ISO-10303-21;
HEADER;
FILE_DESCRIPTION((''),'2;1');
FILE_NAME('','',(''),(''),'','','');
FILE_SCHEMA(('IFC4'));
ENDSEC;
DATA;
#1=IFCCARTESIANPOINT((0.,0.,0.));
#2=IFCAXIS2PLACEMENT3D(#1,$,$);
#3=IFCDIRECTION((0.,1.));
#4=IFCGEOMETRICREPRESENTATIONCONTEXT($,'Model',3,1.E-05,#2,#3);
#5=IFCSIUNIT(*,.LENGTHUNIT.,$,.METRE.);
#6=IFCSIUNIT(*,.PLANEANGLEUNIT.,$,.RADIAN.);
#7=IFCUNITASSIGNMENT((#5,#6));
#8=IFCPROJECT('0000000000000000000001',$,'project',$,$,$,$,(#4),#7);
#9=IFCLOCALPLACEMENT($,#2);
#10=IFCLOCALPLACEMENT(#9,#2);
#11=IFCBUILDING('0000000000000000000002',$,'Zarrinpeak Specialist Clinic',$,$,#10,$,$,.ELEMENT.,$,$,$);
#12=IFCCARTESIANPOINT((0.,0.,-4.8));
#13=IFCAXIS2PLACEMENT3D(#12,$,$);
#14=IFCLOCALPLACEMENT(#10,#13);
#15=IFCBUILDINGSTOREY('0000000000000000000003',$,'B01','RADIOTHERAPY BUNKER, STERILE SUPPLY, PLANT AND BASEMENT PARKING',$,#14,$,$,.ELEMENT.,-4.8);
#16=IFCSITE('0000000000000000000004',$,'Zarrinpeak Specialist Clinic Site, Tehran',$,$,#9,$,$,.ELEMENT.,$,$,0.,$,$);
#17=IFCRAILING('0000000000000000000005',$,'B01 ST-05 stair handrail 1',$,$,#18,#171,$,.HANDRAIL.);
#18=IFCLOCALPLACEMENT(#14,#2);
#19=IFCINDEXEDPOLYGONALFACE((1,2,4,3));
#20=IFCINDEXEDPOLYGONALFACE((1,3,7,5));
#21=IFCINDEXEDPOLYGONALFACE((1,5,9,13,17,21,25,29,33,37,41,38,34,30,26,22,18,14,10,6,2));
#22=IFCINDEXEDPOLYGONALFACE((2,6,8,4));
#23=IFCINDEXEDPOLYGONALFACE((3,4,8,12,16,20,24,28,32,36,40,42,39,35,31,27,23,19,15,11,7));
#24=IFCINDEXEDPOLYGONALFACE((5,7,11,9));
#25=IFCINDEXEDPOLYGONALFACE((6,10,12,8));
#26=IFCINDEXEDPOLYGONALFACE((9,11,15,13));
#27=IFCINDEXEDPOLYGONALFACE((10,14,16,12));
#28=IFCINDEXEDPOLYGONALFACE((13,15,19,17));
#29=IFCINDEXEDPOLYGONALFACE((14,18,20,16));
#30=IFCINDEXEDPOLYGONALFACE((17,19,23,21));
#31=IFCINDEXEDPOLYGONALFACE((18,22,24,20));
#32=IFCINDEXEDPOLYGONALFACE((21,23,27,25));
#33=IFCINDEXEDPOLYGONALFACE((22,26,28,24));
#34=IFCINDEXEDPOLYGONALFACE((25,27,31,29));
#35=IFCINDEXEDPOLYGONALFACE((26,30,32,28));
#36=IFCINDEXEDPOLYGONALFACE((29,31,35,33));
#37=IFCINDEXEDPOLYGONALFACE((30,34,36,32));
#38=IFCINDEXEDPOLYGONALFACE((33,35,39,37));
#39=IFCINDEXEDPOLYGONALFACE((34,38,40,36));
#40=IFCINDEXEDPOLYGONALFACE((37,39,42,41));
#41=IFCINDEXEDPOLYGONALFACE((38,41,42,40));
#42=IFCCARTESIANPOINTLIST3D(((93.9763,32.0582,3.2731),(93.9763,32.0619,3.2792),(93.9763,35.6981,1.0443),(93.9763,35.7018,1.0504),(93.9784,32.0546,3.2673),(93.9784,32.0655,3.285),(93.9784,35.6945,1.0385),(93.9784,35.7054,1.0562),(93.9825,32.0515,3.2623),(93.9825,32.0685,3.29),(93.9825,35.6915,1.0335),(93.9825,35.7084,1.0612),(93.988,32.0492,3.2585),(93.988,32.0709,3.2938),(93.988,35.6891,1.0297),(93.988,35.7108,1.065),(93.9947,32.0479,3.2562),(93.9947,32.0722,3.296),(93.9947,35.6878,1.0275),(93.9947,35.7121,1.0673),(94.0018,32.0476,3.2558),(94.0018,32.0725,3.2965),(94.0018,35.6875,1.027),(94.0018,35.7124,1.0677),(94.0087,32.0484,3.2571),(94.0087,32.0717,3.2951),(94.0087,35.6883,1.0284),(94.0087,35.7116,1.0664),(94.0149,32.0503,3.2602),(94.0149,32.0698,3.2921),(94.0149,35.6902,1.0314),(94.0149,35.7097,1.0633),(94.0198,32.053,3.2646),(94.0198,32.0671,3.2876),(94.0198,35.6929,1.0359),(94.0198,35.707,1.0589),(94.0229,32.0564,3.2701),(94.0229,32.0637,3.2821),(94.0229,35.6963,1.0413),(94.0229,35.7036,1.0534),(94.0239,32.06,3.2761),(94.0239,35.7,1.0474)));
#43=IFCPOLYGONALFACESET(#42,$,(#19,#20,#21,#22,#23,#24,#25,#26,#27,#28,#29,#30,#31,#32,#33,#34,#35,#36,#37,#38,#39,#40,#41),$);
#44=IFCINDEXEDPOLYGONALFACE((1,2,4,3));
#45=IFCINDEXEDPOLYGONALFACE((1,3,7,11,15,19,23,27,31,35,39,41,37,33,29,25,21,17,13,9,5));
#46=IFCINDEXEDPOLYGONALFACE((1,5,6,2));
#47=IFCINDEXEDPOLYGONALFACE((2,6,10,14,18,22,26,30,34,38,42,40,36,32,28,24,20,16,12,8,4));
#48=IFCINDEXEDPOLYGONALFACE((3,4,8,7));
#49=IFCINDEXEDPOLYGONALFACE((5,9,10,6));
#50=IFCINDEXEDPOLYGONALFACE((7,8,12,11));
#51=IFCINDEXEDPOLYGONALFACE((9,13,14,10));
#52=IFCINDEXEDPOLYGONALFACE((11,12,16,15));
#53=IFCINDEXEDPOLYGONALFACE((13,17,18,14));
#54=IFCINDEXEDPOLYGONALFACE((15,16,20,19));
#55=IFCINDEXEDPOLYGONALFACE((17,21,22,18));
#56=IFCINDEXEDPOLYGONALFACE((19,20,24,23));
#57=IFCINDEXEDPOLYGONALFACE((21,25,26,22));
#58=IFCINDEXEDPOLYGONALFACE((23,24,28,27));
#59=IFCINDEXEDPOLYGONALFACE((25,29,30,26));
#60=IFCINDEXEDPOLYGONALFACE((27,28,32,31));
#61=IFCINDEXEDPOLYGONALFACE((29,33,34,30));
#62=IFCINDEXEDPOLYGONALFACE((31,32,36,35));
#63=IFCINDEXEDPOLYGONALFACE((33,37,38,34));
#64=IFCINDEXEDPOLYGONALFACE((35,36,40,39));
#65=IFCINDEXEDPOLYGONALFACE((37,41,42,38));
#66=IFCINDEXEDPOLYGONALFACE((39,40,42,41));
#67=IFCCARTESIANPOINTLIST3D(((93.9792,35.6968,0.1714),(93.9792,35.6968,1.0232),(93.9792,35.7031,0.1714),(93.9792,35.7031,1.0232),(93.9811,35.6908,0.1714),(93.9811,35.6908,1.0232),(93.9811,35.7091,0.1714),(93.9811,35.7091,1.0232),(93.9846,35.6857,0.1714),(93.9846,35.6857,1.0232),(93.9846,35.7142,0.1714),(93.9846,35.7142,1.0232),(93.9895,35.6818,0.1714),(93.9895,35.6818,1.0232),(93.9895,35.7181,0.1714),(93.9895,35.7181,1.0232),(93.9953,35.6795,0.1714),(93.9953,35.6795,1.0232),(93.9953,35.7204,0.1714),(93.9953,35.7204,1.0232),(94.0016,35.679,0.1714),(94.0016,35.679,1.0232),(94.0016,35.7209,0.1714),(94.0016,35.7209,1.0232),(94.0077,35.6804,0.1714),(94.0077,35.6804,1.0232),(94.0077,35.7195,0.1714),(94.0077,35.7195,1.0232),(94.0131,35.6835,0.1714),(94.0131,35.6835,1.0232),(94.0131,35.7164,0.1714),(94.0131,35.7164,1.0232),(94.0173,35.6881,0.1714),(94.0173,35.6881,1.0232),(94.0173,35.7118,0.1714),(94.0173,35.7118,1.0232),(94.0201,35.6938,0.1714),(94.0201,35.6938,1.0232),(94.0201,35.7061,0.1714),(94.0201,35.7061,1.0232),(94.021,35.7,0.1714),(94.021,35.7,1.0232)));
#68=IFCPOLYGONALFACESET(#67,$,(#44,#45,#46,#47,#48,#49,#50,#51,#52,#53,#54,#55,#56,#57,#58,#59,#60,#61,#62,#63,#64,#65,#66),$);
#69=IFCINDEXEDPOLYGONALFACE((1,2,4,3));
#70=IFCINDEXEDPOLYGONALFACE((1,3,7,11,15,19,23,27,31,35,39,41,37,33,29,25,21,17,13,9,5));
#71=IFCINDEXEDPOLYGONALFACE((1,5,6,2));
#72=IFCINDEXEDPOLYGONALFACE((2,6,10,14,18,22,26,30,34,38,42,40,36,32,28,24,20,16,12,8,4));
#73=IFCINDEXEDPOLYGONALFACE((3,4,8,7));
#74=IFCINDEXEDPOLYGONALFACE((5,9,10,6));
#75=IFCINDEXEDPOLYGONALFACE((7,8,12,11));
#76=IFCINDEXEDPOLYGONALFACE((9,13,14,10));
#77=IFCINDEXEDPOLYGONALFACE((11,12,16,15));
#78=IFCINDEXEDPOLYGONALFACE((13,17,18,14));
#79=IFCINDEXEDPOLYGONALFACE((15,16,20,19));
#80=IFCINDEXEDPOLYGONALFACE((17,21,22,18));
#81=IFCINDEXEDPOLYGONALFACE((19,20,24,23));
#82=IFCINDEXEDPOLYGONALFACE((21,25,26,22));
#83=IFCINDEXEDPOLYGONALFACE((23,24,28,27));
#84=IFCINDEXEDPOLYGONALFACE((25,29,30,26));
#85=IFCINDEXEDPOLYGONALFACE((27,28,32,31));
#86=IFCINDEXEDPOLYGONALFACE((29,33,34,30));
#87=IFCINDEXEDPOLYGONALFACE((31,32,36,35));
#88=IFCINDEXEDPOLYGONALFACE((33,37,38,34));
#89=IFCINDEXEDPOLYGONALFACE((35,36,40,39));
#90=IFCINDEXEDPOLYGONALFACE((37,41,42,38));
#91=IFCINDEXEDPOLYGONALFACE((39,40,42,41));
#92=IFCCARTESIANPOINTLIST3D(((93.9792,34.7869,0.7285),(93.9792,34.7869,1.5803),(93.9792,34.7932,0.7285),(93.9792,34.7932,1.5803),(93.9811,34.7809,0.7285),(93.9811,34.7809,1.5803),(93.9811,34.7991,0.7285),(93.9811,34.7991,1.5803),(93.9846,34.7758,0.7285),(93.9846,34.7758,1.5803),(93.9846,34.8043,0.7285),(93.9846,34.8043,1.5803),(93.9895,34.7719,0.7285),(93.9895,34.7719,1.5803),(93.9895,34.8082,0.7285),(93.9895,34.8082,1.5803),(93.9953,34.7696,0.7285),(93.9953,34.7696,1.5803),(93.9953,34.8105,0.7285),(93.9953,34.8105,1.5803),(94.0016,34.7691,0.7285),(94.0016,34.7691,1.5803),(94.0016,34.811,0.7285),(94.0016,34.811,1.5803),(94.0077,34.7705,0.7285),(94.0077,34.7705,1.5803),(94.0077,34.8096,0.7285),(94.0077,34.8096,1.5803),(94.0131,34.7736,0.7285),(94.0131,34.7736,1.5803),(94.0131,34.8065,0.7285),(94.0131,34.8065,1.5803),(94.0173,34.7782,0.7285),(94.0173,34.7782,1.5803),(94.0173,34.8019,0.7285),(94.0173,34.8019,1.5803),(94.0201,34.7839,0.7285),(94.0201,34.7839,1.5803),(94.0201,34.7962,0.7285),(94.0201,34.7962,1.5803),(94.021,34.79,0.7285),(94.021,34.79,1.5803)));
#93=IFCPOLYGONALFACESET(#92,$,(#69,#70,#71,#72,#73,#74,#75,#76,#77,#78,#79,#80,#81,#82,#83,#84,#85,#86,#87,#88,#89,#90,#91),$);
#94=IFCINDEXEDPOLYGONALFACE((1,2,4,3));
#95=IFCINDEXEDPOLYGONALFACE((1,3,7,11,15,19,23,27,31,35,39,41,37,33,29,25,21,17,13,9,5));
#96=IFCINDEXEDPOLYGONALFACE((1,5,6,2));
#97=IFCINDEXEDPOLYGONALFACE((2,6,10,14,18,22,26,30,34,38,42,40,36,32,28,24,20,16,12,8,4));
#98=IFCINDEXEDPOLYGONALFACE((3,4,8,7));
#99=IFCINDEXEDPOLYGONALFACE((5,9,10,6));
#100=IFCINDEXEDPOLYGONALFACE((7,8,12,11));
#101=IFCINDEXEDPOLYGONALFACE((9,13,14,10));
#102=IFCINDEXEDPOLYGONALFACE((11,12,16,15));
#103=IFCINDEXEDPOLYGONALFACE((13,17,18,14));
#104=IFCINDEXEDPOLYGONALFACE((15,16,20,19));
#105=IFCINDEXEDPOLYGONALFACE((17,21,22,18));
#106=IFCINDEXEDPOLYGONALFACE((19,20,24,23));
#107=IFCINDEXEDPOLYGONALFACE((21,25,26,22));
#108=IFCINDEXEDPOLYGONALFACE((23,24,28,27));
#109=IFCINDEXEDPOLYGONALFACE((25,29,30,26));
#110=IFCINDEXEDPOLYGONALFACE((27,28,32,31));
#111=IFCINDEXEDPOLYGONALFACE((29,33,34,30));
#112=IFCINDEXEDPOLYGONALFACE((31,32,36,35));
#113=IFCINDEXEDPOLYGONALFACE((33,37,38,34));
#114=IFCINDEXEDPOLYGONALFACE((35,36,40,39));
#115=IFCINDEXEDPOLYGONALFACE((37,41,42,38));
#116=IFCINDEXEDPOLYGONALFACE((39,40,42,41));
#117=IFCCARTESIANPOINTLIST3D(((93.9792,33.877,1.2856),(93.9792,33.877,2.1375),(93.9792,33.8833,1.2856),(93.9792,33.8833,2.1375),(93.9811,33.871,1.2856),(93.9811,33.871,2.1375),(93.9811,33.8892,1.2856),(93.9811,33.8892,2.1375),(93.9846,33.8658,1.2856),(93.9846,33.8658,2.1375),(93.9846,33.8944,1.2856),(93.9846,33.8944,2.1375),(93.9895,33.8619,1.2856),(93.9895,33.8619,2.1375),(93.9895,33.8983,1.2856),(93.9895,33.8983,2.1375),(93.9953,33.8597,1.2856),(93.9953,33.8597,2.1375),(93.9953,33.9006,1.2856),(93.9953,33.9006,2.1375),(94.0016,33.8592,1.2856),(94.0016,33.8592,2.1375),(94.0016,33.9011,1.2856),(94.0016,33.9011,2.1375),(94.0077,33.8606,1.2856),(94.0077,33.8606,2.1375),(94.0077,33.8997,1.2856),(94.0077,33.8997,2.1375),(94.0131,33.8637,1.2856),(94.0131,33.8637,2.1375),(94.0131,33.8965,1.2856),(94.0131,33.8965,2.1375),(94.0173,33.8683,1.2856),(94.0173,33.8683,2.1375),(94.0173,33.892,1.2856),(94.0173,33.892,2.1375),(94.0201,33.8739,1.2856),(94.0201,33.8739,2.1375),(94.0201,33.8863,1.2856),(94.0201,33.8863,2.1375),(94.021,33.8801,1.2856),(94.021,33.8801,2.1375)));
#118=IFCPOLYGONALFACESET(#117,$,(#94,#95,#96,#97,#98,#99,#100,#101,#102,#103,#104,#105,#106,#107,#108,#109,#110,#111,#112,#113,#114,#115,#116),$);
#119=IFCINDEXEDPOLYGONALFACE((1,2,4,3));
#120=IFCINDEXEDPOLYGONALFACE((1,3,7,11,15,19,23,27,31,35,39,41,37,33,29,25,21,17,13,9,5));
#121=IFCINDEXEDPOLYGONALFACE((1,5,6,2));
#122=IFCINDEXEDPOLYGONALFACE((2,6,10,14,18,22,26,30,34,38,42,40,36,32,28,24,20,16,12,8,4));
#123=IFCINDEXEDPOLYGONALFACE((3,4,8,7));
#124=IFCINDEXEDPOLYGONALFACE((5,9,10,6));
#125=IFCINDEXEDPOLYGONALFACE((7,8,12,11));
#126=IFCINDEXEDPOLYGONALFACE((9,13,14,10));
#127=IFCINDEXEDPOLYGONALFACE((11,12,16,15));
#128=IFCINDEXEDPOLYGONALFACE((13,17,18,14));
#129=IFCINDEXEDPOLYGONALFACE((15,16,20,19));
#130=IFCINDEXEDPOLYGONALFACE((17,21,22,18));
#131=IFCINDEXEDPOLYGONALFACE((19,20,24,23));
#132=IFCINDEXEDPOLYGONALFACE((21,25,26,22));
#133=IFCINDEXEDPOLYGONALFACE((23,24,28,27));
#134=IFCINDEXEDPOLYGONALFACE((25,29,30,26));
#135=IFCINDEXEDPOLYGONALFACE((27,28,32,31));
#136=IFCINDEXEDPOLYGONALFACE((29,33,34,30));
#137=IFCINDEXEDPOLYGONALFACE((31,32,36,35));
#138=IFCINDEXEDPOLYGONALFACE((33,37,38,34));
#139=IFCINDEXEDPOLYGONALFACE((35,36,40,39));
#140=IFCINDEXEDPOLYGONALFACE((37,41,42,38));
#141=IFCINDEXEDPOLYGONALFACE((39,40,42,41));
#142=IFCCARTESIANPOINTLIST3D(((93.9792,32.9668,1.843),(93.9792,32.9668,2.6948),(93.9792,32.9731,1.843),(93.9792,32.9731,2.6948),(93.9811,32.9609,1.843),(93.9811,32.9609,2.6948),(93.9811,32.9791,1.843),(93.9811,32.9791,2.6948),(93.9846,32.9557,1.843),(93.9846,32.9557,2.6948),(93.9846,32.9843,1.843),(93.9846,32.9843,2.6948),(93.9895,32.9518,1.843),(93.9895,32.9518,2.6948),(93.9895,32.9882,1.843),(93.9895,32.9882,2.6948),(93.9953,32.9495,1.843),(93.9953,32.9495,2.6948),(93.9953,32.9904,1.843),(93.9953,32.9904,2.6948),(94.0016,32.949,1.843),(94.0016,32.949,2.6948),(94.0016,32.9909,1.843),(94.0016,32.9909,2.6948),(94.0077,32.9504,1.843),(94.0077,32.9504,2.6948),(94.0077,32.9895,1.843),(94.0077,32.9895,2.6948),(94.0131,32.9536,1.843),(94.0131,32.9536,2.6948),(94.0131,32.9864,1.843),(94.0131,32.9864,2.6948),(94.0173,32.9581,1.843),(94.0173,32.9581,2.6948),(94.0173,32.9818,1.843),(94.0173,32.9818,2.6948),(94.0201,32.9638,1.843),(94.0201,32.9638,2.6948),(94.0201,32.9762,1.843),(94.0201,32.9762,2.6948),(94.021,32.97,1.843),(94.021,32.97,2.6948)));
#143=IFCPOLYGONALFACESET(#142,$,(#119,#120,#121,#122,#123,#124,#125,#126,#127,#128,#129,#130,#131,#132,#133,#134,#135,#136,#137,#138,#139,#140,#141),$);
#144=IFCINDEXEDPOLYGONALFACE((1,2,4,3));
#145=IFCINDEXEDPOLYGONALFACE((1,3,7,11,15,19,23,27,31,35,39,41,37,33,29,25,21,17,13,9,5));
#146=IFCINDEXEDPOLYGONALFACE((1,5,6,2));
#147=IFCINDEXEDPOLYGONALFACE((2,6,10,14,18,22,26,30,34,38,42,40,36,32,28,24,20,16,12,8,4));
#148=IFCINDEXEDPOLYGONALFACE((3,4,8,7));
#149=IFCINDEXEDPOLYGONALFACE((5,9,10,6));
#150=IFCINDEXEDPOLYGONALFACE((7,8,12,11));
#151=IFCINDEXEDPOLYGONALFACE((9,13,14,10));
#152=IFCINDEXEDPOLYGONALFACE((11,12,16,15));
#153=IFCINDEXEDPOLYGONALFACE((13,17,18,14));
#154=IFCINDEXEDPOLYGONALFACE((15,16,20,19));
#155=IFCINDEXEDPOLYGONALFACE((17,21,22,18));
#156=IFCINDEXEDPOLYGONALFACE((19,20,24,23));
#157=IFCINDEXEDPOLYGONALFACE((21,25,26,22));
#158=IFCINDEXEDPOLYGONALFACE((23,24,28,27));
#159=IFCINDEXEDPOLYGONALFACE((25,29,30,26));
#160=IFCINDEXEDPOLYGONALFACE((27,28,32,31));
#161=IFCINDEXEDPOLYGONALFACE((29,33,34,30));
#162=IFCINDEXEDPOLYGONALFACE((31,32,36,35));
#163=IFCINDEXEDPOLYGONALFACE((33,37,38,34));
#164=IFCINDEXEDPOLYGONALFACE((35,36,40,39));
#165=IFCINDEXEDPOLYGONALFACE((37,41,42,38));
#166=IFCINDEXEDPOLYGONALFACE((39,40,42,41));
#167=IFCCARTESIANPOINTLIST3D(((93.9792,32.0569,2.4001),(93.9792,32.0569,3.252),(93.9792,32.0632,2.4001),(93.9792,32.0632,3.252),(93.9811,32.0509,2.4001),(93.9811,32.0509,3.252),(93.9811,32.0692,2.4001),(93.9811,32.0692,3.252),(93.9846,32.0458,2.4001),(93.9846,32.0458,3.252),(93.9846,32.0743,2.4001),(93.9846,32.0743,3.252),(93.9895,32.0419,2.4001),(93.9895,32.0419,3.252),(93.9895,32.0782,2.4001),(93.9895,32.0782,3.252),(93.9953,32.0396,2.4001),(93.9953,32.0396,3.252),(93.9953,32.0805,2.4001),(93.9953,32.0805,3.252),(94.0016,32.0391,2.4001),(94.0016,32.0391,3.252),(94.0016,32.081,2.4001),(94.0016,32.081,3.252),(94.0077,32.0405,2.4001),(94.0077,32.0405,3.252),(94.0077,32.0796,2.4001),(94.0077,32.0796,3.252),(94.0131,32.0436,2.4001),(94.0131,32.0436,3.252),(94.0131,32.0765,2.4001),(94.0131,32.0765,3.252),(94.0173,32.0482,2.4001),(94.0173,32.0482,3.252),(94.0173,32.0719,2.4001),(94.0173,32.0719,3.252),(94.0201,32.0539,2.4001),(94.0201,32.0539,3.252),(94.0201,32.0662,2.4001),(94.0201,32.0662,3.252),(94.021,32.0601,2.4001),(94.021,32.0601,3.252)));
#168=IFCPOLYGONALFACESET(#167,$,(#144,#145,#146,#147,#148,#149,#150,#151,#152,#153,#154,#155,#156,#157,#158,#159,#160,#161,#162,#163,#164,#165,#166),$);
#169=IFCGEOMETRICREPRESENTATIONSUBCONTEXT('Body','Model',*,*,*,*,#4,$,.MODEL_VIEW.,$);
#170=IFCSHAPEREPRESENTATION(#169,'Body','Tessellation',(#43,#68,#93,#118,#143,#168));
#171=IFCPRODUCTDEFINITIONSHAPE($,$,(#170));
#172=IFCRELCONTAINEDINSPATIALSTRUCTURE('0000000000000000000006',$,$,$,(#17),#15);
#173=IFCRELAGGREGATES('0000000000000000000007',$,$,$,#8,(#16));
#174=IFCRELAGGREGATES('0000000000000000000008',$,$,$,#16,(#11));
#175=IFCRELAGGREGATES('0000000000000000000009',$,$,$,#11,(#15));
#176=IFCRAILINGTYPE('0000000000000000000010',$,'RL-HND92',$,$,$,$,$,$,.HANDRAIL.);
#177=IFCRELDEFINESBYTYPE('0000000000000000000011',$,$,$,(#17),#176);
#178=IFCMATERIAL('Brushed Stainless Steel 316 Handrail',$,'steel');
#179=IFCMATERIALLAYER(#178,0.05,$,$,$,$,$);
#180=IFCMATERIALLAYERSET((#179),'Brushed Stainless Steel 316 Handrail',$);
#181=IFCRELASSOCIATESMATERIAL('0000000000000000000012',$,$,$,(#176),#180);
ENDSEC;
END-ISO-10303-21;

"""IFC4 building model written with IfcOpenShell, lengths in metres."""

from ifc_helpers import new_model, si_unit, direction, frame, origin, origin_2d, place, context, subcontext, project, spatial, circle, extrude, material, layer, layer_set, type_object, element, save


model = new_model("IFC4")

# Units and contexts
model_context = context("Model", 3, precision=1e-05, world=origin(), true_north=direction((0.0, 1.0)))
body_context = subcontext(model_context, "Body", "Model", "MODEL_VIEW")
ifc_project = project(units=[si_unit("LENGTHUNIT", "METRE"), si_unit("PLANEANGLEUNIT", "RADIAN")], contexts=[model_context])

# Site, building, storey
site_placement = place(None, origin())
site = spatial("IfcSite", under=ifc_project, at=site_placement, Name="Zarrinpeak Specialist Clinic Site, Tehran", CompositionType="ELEMENT", RefElevation=0.0)
building_placement = place(site_placement, origin())
building = spatial("IfcBuilding", under=site, at=building_placement, Name="Zarrinpeak Specialist Clinic", CompositionType="ELEMENT")
storey_placement = place(building_placement, frame((0.0, 0.0, -4.8)))
storey = spatial("IfcBuildingStorey", under=building, at=storey_placement, Name="B01", Description="RADIOTHERAPY BUNKER, STERILE SUPPLY, PLANT AND BASEMENT PARKING", CompositionType="ELEMENT", Elevation=-4.8)

# Railing
ifc_material_1 = material(Name="Brushed Stainless Steel 316 Handrail", Category="steel")
ifc_layer_1 = layer(ifc_material_1, 0.05)
ifc_layer_set_1 = layer_set([ifc_layer_1], Name="Brushed Stainless Steel 316 Handrail")
railing_type_1 = type_object("IfcRailingType", Name="RL-HND92", PredefinedType="HANDRAIL", material=ifc_layer_set_1)
railing_1_placement = place(storey_placement, frame((94.0, 35.7, 0.1714)))
element("IfcRailing", 1, at=railing_1_placement, inside=storey, type_object=railing_type_1, Name="B01 ST-05 stair handrail 1", PredefinedType="HANDRAIL", context=body_context, shape_type="SweptSolid", body=[
    extrude(circle(Radius=0.0239, at=origin_2d()), frame((0.0, 0.0, 0.876), z_axis=(0.0, -0.852825, 0.522197), x_axis=(1.0, 0.0, 0.0)), (0.0, 0.0, 1.0), 4.2681),
    extrude(circle(Radius=0.021, at=origin_2d()), origin(), (0.0, 0.0, 1.0), 0.8518),
    extrude(circle(Radius=0.021, at=origin_2d()), frame((0.0, -0.9099, 0.5571)), (0.0, 0.0, 1.0), 0.8518),
    extrude(circle(Radius=0.021, at=origin_2d()), frame((0.0, -1.8198, 1.1143)), (0.0, 0.0, 1.0), 0.8518),
    extrude(circle(Radius=0.021, at=origin_2d()), frame((0.0, -2.73, 1.6716)), (0.0, 0.0, 1.0), 0.8518),
    extrude(circle(Radius=0.021, at=origin_2d()), frame((0.0, -3.6399, 2.2288)), (0.0, 0.0, 1.0), 0.8518),
])

save(model, "model.ifc")
